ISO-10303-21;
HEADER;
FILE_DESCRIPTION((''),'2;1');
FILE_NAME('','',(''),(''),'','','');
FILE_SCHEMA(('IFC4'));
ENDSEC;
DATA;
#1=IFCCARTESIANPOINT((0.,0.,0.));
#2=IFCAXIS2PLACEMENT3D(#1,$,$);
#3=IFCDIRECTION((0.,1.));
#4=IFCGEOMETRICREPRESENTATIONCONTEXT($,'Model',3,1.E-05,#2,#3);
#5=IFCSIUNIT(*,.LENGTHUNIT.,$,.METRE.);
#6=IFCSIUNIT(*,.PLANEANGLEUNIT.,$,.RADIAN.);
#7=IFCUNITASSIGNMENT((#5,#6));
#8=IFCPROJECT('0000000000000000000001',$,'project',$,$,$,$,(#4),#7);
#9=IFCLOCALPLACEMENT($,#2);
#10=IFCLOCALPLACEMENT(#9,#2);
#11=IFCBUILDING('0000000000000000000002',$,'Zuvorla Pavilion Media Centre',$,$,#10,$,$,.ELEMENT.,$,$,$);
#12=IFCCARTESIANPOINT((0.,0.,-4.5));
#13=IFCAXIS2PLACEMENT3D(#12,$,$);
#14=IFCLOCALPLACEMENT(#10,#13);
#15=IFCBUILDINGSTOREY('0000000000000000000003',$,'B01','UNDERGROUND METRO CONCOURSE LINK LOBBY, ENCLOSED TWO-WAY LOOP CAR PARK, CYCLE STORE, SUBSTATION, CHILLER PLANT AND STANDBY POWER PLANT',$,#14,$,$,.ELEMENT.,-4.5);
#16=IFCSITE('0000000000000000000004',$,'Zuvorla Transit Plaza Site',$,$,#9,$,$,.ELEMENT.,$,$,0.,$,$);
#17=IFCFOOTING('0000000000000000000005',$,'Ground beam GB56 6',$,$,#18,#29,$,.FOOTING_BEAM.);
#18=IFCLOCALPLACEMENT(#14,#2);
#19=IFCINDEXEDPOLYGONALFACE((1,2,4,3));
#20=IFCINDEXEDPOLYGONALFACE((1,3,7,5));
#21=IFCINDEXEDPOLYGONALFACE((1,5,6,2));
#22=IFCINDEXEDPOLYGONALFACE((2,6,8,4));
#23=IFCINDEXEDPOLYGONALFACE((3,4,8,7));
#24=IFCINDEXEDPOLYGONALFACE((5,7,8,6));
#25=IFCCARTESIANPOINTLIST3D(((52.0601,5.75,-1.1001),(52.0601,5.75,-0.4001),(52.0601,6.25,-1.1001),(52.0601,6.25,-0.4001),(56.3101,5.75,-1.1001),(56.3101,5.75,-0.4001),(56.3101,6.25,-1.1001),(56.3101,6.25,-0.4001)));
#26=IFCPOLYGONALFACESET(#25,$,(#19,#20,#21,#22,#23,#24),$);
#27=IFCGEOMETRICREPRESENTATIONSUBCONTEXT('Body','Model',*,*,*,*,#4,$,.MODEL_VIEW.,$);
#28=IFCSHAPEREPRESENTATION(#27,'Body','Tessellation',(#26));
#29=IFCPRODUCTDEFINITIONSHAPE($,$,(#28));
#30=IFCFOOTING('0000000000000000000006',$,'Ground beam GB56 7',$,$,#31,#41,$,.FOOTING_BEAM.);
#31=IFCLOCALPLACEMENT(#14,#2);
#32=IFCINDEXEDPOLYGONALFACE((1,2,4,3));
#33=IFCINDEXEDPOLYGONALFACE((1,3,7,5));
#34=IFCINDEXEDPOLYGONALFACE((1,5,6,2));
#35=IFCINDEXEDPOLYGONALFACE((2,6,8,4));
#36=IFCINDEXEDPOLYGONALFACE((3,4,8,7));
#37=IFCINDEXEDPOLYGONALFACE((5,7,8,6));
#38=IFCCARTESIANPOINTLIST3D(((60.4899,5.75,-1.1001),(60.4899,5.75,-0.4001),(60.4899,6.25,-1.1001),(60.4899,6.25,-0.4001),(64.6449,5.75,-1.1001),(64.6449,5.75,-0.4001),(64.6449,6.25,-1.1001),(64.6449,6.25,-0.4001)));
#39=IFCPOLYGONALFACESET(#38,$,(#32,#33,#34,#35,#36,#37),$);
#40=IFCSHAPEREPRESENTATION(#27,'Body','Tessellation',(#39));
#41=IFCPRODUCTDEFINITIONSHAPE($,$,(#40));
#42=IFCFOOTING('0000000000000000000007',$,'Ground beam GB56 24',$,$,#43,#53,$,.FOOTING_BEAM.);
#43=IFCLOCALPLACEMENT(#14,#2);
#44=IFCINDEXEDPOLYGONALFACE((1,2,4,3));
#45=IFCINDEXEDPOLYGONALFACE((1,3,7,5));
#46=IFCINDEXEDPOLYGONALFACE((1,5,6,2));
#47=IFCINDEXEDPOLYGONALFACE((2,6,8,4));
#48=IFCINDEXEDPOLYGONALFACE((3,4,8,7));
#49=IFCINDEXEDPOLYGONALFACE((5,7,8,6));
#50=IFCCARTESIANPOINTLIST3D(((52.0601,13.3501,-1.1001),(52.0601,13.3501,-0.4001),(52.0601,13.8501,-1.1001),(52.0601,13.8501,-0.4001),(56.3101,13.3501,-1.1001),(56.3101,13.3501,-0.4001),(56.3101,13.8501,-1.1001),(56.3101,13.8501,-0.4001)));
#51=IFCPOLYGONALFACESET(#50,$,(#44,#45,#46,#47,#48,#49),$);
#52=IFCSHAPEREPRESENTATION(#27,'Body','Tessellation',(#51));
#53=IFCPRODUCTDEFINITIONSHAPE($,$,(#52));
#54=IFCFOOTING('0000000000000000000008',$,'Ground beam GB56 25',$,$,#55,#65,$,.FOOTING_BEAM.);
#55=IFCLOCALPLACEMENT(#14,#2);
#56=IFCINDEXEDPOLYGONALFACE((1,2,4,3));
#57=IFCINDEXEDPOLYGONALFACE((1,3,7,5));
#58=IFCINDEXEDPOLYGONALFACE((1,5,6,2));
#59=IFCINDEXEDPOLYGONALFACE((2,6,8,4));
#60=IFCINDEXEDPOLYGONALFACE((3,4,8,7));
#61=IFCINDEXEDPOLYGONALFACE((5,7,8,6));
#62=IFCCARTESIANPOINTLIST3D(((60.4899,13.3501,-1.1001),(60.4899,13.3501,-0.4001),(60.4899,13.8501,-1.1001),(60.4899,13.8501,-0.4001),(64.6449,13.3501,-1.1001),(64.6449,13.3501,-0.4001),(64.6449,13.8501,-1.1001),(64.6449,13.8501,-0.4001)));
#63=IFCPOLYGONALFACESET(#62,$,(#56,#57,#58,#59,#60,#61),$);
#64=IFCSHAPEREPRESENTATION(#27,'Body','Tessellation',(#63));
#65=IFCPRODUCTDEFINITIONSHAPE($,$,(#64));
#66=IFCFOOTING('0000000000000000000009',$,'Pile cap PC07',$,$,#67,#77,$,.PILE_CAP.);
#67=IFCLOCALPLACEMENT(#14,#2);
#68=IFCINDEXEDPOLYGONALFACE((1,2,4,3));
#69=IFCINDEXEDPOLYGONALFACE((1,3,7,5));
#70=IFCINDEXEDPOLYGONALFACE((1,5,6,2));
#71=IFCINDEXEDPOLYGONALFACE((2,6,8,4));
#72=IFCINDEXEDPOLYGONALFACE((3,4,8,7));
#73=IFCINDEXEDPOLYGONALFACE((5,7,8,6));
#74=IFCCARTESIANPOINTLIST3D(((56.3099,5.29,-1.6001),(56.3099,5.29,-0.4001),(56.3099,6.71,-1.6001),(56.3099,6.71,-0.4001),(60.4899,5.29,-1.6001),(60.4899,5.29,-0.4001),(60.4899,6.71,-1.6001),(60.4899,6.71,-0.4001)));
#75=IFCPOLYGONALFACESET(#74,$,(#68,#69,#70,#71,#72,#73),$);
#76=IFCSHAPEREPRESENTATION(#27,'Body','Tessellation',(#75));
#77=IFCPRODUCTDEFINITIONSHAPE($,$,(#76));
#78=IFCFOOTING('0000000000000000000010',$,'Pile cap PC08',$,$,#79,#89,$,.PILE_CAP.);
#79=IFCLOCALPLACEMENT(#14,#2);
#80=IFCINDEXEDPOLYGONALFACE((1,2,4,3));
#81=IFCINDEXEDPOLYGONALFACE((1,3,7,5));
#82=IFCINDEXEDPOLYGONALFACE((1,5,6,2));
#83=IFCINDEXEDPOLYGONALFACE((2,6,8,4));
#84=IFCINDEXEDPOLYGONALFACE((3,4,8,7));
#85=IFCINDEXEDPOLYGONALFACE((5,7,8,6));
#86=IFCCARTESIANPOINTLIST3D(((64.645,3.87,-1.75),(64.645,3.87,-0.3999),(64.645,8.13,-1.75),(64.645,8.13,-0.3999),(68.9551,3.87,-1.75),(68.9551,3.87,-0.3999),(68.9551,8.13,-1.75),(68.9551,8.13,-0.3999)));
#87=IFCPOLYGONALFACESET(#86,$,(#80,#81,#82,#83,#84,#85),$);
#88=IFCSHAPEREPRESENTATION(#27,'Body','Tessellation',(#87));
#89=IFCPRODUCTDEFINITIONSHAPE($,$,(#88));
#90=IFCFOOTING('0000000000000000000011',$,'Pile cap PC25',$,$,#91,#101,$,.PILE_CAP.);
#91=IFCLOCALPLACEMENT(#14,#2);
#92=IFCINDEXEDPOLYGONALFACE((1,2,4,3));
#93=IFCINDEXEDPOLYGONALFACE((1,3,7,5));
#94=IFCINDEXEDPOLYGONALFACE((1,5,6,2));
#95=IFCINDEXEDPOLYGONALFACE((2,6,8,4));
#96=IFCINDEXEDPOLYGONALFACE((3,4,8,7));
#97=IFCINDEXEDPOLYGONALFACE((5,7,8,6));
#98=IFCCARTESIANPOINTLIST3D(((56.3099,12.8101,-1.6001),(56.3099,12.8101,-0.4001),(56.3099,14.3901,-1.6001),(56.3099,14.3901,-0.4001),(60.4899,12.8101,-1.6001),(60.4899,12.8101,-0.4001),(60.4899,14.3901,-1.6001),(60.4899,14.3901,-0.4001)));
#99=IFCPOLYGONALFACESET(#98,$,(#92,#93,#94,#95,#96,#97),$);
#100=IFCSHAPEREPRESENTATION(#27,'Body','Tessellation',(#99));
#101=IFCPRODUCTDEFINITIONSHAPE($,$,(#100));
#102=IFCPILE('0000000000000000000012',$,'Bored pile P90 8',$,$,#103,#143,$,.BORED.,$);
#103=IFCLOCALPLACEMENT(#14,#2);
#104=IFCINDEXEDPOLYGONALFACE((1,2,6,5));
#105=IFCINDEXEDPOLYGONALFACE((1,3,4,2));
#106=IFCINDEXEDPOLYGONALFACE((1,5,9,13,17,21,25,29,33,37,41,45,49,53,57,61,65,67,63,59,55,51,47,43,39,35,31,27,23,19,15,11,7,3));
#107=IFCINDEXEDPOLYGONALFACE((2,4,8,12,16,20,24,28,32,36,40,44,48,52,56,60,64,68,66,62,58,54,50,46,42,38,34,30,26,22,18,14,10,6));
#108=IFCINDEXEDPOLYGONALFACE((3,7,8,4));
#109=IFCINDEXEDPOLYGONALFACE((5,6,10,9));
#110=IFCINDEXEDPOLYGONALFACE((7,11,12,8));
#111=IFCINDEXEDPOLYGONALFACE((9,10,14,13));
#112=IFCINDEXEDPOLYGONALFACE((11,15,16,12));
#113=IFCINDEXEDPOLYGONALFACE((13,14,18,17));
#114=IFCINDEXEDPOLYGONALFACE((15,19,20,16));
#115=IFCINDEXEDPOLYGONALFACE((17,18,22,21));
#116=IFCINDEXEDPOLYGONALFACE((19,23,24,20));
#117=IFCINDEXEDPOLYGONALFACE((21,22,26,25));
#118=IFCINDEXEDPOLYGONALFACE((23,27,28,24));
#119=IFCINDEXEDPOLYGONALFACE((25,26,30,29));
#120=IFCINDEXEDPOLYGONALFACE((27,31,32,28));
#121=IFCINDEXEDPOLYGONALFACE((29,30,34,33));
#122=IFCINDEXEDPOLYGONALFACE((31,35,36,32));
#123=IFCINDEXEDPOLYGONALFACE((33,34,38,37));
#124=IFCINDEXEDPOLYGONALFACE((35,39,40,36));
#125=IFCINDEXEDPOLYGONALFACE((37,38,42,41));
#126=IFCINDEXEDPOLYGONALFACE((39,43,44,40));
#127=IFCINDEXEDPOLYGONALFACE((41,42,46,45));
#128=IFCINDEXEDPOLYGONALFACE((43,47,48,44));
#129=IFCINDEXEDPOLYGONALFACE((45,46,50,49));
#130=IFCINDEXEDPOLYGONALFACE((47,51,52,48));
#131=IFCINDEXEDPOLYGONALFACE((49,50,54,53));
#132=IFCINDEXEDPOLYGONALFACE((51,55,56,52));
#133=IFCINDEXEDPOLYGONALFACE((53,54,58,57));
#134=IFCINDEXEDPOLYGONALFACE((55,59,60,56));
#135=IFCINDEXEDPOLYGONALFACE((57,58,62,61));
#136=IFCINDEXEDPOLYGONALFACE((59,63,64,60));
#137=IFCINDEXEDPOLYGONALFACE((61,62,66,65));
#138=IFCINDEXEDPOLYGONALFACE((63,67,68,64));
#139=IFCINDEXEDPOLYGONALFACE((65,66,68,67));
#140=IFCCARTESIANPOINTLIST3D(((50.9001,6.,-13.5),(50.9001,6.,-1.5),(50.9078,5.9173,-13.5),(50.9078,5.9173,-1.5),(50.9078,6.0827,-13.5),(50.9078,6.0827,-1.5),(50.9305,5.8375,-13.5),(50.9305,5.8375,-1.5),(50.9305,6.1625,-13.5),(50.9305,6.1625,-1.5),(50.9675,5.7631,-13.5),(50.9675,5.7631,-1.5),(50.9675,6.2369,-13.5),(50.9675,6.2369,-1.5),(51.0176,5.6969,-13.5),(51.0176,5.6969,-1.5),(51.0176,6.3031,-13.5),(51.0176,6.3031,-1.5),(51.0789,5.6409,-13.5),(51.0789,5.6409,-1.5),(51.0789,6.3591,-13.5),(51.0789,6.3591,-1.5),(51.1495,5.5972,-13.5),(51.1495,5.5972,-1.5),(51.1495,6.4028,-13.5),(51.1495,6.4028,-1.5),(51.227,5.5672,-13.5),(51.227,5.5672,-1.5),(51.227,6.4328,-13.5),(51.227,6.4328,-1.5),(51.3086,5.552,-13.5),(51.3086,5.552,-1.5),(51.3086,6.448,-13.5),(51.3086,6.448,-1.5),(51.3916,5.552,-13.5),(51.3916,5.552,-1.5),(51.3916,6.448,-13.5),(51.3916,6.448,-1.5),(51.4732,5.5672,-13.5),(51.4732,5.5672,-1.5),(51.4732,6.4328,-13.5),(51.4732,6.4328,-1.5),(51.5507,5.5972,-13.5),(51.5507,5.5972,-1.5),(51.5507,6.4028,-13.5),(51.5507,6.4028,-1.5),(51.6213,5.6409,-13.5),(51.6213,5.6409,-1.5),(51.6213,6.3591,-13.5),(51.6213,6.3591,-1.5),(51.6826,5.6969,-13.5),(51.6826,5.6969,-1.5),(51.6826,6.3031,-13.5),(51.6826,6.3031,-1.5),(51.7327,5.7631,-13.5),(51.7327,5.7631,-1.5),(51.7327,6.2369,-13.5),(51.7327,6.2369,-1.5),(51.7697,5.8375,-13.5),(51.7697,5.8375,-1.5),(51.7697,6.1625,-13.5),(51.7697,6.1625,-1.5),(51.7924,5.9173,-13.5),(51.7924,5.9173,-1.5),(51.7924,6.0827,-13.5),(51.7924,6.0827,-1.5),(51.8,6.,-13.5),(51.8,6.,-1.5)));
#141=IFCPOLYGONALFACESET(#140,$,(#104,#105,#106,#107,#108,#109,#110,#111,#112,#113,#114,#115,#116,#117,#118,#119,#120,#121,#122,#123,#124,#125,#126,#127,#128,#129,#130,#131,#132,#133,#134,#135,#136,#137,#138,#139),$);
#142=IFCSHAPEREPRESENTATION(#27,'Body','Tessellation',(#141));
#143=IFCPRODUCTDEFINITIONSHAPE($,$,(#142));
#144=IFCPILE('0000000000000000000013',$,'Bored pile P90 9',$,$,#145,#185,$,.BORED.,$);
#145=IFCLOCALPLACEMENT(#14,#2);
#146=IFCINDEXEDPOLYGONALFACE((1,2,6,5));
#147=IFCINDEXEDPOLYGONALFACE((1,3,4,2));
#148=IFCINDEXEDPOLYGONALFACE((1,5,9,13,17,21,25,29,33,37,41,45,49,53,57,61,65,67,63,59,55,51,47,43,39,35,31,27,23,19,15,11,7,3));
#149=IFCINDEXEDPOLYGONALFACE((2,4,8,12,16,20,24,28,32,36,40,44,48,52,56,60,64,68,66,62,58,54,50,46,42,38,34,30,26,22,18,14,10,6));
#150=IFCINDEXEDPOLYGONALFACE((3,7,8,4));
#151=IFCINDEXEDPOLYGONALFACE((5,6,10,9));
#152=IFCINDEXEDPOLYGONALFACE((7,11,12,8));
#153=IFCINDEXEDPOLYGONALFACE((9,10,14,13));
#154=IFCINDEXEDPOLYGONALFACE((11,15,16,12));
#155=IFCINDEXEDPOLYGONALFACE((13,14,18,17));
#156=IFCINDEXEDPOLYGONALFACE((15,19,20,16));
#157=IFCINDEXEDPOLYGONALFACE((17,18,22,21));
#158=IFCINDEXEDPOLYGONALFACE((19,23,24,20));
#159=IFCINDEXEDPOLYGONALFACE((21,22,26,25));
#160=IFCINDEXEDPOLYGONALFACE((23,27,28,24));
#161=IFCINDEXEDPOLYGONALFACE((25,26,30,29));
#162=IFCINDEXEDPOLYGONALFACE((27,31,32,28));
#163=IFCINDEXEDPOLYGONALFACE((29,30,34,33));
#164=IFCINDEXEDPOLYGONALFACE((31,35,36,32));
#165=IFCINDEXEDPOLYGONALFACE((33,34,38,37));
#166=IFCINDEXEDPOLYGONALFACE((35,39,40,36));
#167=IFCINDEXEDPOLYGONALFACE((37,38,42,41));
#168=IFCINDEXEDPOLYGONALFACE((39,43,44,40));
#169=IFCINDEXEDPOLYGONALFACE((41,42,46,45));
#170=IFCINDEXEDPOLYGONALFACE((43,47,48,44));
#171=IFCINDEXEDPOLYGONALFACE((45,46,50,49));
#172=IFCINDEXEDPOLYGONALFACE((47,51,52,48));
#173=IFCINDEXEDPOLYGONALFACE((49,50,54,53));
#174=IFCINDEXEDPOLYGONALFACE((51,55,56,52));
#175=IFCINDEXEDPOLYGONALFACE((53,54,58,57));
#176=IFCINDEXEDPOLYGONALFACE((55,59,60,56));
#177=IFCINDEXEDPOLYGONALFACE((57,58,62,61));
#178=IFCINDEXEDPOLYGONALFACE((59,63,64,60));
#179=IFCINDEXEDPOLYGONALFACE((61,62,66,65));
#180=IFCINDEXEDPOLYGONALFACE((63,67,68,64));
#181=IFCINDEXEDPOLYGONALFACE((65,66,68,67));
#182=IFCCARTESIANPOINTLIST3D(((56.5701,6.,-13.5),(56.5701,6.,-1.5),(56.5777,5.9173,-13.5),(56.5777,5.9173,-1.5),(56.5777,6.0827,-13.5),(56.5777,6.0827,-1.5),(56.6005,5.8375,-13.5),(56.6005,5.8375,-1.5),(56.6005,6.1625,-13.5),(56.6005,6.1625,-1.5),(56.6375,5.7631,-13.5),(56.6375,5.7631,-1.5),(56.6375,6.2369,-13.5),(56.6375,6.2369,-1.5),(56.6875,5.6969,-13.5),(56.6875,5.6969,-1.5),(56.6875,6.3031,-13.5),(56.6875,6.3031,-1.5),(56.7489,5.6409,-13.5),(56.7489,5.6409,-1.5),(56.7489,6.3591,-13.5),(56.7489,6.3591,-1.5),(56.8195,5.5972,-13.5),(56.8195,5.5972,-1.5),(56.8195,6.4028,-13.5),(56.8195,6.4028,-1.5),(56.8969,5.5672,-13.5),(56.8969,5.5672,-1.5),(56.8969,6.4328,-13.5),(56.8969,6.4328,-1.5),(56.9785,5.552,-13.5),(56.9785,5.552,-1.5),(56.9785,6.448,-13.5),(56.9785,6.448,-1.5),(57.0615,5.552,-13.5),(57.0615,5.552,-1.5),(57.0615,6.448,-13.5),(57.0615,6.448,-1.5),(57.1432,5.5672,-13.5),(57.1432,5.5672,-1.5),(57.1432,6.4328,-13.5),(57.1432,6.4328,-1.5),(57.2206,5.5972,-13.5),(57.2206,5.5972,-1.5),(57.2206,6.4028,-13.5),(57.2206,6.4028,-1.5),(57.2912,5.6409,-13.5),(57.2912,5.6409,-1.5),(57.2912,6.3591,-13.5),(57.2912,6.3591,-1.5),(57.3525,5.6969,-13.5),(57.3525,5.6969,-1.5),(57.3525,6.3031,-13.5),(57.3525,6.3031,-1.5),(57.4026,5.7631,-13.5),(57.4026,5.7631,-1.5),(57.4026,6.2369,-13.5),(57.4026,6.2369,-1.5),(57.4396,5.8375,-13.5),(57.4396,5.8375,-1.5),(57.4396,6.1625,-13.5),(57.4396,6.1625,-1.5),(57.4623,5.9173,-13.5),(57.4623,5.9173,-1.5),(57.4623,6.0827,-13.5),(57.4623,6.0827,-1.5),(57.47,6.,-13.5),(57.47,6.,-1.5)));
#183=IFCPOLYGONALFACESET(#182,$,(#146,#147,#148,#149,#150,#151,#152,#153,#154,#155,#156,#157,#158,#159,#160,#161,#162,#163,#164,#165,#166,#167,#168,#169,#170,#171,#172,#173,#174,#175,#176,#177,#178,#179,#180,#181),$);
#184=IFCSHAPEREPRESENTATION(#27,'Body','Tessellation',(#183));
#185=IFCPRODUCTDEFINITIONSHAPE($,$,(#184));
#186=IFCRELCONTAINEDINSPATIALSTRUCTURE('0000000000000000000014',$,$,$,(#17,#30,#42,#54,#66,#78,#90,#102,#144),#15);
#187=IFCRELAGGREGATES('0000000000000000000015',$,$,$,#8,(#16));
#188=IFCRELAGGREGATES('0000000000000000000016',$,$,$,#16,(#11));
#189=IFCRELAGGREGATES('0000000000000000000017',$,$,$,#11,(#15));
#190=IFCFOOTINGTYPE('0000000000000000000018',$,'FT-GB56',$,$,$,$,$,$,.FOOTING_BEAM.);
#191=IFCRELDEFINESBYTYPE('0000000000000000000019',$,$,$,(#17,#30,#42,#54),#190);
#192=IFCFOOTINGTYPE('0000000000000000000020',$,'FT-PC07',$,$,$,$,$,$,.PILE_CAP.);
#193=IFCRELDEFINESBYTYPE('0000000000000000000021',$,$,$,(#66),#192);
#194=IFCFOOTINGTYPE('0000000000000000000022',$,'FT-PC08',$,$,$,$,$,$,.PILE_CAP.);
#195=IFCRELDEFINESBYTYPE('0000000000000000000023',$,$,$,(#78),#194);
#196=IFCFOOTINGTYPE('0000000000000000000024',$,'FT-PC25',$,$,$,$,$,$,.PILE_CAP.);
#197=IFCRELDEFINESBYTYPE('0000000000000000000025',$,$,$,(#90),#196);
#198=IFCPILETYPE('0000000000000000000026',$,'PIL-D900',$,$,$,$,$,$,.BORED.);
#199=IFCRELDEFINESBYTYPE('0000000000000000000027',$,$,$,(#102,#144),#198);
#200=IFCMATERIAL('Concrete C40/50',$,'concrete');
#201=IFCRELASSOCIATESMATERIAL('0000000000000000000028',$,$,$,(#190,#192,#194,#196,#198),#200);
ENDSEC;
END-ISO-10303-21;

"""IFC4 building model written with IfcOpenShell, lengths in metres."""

from ifc_helpers import new_model, si_unit, direction, frame, origin, origin_2d, place, context, subcontext, project, spatial, rectangle, circle, extrude, material, material_profile, profile_set, type_object, element, save


model = new_model("IFC4")

# Units and contexts
model_context = context("Model", 3, precision=1e-05, world=origin(), true_north=direction((0.0, 1.0)))
body_context = subcontext(model_context, "Body", "Model", "MODEL_VIEW")
ifc_project = project(units=[si_unit("LENGTHUNIT", "METRE"), si_unit("PLANEANGLEUNIT", "RADIAN")], contexts=[model_context])

# Site, building, storey
site_placement = place(None, origin())
site = spatial("IfcSite", under=ifc_project, at=site_placement, Name="Zuvorla Transit Plaza Site", CompositionType="ELEMENT", RefElevation=0.0)
building_placement = place(site_placement, origin())
building = spatial("IfcBuilding", under=site, at=building_placement, Name="Zuvorla Pavilion Media Centre", CompositionType="ELEMENT")
storey_placement = place(building_placement, frame((0.0, 0.0, -4.5)))
storey = spatial("IfcBuildingStorey", under=building, at=storey_placement, Name="B01", Description="UNDERGROUND METRO CONCOURSE LINK LOBBY, ENCLOSED TWO-WAY LOOP CAR PARK, CYCLE STORE, SUBSTATION, CHILLER PLANT AND STANDBY POWER PLANT", CompositionType="ELEMENT", Elevation=-4.5)

# Footings
ifc_material_1 = material(Name="Concrete C40/50", Category="concrete")
footing_type_1 = type_object("IfcFootingType", Name="FT-GB56", PredefinedType="FOOTING_BEAM", material=ifc_material_1)
footing_1_placement = place(storey_placement, frame((54.1851, 6.0, -1.1001), z_axis=(0.0, 0.0, 1.0), x_axis=(1.0, 0.0, 0.0)))
element("IfcFooting", 1, at=footing_1_placement, inside=storey, type_object=footing_type_1, Name="Ground beam GB56 6", PredefinedType="FOOTING_BEAM", context=body_context, shape_type="SweptSolid", body=[
    extrude(rectangle(XDim=4.25, YDim=0.5, at=origin_2d()), origin(), (0.0, 0.0, 1.0), 0.7),
])
footing_2_placement = place(storey_placement, frame((62.5674, 6.0, -1.1001), z_axis=(0.0, 0.0, 1.0), x_axis=(1.0, 0.0, 0.0)))
element("IfcFooting", 2, at=footing_2_placement, inside=storey, type_object=footing_type_1, Name="Ground beam GB56 7", PredefinedType="FOOTING_BEAM", context=body_context, shape_type="SweptSolid", body=[
    extrude(rectangle(XDim=4.155, YDim=0.5, at=origin_2d()), origin(), (0.0, 0.0, 1.0), 0.7),
])
footing_3_placement = place(storey_placement, frame((54.1851, 13.6001, -1.1001), z_axis=(0.0, 0.0, 1.0), x_axis=(1.0, 0.0, 0.0)))
element("IfcFooting", 3, at=footing_3_placement, inside=storey, type_object=footing_type_1, Name="Ground beam GB56 24", PredefinedType="FOOTING_BEAM", context=body_context, shape_type="SweptSolid", body=[
    extrude(rectangle(XDim=4.25, YDim=0.5, at=origin_2d()), origin(), (0.0, 0.0, 1.0), 0.7),
])
footing_4_placement = place(storey_placement, frame((62.5674, 13.6001, -1.1001), z_axis=(0.0, 0.0, 1.0), x_axis=(1.0, 0.0, 0.0)))
element("IfcFooting", 4, at=footing_4_placement, inside=storey, type_object=footing_type_1, Name="Ground beam GB56 25", PredefinedType="FOOTING_BEAM", context=body_context, shape_type="SweptSolid", body=[
    extrude(rectangle(XDim=4.155, YDim=0.5, at=origin_2d()), origin(), (0.0, 0.0, 1.0), 0.7),
])
footing_type_2 = type_object("IfcFootingType", Name="FT-PC07", PredefinedType="PILE_CAP", material=ifc_material_1)
footing_5_placement = place(storey_placement, frame((58.3999, 6.0, -1.6001), z_axis=(0.0, 0.0, 1.0), x_axis=(1.0, 0.0, 0.0)))
element("IfcFooting", 5, at=footing_5_placement, inside=storey, type_object=footing_type_2, Name="Pile cap PC07", PredefinedType="PILE_CAP", context=body_context, shape_type="SweptSolid", body=[
    extrude(rectangle(XDim=4.1799, YDim=1.4199, at=origin_2d()), origin(), (0.0, 0.0, 1.0), 1.2),
])
footing_type_3 = type_object("IfcFootingType", Name="FT-PC08", PredefinedType="PILE_CAP", material=ifc_material_1)
footing_6_placement = place(storey_placement, frame((66.8, 6.0, -1.75), z_axis=(0.0, 0.0, 1.0), x_axis=(1.0, 0.0, 0.0)))
element("IfcFooting", 6, at=footing_6_placement, inside=storey, type_object=footing_type_3, Name="Pile cap PC08", PredefinedType="PILE_CAP", context=body_context, shape_type="SweptSolid", body=[
    extrude(rectangle(XDim=4.3101, YDim=4.26, at=origin_2d()), origin(), (0.0, 0.0, 1.0), 1.3501),
])
footing_type_4 = type_object("IfcFootingType", Name="FT-PC25", PredefinedType="PILE_CAP", material=ifc_material_1)
footing_7_placement = place(storey_placement, frame((58.3999, 13.6001, -1.6001), z_axis=(0.0, 0.0, 1.0), x_axis=(1.0, 0.0, 0.0)))
element("IfcFooting", 7, at=footing_7_placement, inside=storey, type_object=footing_type_4, Name="Pile cap PC25", PredefinedType="PILE_CAP", context=body_context, shape_type="SweptSolid", body=[
    extrude(rectangle(XDim=4.1799, YDim=1.5801, at=origin_2d()), origin(), (0.0, 0.0, 1.0), 1.2),
])

# Piles
ifc_material_profile_1 = material_profile(ifc_material_1, circle(Radius=0.45, at=origin_2d()), Name="BORED PILE 900")
ifc_profile_set_1 = profile_set([ifc_material_profile_1], Name="Concrete C40/50")
pile_type = type_object("IfcPileType", Name="PIL-D900", PredefinedType="BORED", material=ifc_profile_set_1)
for number, where, z_axis, x_axis, name in (
    (8, (51.3501, 6.0, -1.5), (0.0, 0.0, -1.0), (1.0, 0.0, 0.0), "Bored pile P90 8"),
    (9, (57.02, 6.0, -1.5), (0.0, 0.0, -1.0), (1.0, 0.0, 0.0), "Bored pile P90 9"),
):
    element("IfcPile", number, at=place(storey_placement, frame(where, z_axis=z_axis, x_axis=x_axis)), inside=storey, type_object=pile_type, Name=name, PredefinedType="BORED", context=body_context, shape_type="SweptSolid", body=[
        extrude(circle(Radius=0.45, at=origin_2d()), origin(), (0.0, 0.0, 1.0), 12.0),
    ])

save(model, "model.ifc")
